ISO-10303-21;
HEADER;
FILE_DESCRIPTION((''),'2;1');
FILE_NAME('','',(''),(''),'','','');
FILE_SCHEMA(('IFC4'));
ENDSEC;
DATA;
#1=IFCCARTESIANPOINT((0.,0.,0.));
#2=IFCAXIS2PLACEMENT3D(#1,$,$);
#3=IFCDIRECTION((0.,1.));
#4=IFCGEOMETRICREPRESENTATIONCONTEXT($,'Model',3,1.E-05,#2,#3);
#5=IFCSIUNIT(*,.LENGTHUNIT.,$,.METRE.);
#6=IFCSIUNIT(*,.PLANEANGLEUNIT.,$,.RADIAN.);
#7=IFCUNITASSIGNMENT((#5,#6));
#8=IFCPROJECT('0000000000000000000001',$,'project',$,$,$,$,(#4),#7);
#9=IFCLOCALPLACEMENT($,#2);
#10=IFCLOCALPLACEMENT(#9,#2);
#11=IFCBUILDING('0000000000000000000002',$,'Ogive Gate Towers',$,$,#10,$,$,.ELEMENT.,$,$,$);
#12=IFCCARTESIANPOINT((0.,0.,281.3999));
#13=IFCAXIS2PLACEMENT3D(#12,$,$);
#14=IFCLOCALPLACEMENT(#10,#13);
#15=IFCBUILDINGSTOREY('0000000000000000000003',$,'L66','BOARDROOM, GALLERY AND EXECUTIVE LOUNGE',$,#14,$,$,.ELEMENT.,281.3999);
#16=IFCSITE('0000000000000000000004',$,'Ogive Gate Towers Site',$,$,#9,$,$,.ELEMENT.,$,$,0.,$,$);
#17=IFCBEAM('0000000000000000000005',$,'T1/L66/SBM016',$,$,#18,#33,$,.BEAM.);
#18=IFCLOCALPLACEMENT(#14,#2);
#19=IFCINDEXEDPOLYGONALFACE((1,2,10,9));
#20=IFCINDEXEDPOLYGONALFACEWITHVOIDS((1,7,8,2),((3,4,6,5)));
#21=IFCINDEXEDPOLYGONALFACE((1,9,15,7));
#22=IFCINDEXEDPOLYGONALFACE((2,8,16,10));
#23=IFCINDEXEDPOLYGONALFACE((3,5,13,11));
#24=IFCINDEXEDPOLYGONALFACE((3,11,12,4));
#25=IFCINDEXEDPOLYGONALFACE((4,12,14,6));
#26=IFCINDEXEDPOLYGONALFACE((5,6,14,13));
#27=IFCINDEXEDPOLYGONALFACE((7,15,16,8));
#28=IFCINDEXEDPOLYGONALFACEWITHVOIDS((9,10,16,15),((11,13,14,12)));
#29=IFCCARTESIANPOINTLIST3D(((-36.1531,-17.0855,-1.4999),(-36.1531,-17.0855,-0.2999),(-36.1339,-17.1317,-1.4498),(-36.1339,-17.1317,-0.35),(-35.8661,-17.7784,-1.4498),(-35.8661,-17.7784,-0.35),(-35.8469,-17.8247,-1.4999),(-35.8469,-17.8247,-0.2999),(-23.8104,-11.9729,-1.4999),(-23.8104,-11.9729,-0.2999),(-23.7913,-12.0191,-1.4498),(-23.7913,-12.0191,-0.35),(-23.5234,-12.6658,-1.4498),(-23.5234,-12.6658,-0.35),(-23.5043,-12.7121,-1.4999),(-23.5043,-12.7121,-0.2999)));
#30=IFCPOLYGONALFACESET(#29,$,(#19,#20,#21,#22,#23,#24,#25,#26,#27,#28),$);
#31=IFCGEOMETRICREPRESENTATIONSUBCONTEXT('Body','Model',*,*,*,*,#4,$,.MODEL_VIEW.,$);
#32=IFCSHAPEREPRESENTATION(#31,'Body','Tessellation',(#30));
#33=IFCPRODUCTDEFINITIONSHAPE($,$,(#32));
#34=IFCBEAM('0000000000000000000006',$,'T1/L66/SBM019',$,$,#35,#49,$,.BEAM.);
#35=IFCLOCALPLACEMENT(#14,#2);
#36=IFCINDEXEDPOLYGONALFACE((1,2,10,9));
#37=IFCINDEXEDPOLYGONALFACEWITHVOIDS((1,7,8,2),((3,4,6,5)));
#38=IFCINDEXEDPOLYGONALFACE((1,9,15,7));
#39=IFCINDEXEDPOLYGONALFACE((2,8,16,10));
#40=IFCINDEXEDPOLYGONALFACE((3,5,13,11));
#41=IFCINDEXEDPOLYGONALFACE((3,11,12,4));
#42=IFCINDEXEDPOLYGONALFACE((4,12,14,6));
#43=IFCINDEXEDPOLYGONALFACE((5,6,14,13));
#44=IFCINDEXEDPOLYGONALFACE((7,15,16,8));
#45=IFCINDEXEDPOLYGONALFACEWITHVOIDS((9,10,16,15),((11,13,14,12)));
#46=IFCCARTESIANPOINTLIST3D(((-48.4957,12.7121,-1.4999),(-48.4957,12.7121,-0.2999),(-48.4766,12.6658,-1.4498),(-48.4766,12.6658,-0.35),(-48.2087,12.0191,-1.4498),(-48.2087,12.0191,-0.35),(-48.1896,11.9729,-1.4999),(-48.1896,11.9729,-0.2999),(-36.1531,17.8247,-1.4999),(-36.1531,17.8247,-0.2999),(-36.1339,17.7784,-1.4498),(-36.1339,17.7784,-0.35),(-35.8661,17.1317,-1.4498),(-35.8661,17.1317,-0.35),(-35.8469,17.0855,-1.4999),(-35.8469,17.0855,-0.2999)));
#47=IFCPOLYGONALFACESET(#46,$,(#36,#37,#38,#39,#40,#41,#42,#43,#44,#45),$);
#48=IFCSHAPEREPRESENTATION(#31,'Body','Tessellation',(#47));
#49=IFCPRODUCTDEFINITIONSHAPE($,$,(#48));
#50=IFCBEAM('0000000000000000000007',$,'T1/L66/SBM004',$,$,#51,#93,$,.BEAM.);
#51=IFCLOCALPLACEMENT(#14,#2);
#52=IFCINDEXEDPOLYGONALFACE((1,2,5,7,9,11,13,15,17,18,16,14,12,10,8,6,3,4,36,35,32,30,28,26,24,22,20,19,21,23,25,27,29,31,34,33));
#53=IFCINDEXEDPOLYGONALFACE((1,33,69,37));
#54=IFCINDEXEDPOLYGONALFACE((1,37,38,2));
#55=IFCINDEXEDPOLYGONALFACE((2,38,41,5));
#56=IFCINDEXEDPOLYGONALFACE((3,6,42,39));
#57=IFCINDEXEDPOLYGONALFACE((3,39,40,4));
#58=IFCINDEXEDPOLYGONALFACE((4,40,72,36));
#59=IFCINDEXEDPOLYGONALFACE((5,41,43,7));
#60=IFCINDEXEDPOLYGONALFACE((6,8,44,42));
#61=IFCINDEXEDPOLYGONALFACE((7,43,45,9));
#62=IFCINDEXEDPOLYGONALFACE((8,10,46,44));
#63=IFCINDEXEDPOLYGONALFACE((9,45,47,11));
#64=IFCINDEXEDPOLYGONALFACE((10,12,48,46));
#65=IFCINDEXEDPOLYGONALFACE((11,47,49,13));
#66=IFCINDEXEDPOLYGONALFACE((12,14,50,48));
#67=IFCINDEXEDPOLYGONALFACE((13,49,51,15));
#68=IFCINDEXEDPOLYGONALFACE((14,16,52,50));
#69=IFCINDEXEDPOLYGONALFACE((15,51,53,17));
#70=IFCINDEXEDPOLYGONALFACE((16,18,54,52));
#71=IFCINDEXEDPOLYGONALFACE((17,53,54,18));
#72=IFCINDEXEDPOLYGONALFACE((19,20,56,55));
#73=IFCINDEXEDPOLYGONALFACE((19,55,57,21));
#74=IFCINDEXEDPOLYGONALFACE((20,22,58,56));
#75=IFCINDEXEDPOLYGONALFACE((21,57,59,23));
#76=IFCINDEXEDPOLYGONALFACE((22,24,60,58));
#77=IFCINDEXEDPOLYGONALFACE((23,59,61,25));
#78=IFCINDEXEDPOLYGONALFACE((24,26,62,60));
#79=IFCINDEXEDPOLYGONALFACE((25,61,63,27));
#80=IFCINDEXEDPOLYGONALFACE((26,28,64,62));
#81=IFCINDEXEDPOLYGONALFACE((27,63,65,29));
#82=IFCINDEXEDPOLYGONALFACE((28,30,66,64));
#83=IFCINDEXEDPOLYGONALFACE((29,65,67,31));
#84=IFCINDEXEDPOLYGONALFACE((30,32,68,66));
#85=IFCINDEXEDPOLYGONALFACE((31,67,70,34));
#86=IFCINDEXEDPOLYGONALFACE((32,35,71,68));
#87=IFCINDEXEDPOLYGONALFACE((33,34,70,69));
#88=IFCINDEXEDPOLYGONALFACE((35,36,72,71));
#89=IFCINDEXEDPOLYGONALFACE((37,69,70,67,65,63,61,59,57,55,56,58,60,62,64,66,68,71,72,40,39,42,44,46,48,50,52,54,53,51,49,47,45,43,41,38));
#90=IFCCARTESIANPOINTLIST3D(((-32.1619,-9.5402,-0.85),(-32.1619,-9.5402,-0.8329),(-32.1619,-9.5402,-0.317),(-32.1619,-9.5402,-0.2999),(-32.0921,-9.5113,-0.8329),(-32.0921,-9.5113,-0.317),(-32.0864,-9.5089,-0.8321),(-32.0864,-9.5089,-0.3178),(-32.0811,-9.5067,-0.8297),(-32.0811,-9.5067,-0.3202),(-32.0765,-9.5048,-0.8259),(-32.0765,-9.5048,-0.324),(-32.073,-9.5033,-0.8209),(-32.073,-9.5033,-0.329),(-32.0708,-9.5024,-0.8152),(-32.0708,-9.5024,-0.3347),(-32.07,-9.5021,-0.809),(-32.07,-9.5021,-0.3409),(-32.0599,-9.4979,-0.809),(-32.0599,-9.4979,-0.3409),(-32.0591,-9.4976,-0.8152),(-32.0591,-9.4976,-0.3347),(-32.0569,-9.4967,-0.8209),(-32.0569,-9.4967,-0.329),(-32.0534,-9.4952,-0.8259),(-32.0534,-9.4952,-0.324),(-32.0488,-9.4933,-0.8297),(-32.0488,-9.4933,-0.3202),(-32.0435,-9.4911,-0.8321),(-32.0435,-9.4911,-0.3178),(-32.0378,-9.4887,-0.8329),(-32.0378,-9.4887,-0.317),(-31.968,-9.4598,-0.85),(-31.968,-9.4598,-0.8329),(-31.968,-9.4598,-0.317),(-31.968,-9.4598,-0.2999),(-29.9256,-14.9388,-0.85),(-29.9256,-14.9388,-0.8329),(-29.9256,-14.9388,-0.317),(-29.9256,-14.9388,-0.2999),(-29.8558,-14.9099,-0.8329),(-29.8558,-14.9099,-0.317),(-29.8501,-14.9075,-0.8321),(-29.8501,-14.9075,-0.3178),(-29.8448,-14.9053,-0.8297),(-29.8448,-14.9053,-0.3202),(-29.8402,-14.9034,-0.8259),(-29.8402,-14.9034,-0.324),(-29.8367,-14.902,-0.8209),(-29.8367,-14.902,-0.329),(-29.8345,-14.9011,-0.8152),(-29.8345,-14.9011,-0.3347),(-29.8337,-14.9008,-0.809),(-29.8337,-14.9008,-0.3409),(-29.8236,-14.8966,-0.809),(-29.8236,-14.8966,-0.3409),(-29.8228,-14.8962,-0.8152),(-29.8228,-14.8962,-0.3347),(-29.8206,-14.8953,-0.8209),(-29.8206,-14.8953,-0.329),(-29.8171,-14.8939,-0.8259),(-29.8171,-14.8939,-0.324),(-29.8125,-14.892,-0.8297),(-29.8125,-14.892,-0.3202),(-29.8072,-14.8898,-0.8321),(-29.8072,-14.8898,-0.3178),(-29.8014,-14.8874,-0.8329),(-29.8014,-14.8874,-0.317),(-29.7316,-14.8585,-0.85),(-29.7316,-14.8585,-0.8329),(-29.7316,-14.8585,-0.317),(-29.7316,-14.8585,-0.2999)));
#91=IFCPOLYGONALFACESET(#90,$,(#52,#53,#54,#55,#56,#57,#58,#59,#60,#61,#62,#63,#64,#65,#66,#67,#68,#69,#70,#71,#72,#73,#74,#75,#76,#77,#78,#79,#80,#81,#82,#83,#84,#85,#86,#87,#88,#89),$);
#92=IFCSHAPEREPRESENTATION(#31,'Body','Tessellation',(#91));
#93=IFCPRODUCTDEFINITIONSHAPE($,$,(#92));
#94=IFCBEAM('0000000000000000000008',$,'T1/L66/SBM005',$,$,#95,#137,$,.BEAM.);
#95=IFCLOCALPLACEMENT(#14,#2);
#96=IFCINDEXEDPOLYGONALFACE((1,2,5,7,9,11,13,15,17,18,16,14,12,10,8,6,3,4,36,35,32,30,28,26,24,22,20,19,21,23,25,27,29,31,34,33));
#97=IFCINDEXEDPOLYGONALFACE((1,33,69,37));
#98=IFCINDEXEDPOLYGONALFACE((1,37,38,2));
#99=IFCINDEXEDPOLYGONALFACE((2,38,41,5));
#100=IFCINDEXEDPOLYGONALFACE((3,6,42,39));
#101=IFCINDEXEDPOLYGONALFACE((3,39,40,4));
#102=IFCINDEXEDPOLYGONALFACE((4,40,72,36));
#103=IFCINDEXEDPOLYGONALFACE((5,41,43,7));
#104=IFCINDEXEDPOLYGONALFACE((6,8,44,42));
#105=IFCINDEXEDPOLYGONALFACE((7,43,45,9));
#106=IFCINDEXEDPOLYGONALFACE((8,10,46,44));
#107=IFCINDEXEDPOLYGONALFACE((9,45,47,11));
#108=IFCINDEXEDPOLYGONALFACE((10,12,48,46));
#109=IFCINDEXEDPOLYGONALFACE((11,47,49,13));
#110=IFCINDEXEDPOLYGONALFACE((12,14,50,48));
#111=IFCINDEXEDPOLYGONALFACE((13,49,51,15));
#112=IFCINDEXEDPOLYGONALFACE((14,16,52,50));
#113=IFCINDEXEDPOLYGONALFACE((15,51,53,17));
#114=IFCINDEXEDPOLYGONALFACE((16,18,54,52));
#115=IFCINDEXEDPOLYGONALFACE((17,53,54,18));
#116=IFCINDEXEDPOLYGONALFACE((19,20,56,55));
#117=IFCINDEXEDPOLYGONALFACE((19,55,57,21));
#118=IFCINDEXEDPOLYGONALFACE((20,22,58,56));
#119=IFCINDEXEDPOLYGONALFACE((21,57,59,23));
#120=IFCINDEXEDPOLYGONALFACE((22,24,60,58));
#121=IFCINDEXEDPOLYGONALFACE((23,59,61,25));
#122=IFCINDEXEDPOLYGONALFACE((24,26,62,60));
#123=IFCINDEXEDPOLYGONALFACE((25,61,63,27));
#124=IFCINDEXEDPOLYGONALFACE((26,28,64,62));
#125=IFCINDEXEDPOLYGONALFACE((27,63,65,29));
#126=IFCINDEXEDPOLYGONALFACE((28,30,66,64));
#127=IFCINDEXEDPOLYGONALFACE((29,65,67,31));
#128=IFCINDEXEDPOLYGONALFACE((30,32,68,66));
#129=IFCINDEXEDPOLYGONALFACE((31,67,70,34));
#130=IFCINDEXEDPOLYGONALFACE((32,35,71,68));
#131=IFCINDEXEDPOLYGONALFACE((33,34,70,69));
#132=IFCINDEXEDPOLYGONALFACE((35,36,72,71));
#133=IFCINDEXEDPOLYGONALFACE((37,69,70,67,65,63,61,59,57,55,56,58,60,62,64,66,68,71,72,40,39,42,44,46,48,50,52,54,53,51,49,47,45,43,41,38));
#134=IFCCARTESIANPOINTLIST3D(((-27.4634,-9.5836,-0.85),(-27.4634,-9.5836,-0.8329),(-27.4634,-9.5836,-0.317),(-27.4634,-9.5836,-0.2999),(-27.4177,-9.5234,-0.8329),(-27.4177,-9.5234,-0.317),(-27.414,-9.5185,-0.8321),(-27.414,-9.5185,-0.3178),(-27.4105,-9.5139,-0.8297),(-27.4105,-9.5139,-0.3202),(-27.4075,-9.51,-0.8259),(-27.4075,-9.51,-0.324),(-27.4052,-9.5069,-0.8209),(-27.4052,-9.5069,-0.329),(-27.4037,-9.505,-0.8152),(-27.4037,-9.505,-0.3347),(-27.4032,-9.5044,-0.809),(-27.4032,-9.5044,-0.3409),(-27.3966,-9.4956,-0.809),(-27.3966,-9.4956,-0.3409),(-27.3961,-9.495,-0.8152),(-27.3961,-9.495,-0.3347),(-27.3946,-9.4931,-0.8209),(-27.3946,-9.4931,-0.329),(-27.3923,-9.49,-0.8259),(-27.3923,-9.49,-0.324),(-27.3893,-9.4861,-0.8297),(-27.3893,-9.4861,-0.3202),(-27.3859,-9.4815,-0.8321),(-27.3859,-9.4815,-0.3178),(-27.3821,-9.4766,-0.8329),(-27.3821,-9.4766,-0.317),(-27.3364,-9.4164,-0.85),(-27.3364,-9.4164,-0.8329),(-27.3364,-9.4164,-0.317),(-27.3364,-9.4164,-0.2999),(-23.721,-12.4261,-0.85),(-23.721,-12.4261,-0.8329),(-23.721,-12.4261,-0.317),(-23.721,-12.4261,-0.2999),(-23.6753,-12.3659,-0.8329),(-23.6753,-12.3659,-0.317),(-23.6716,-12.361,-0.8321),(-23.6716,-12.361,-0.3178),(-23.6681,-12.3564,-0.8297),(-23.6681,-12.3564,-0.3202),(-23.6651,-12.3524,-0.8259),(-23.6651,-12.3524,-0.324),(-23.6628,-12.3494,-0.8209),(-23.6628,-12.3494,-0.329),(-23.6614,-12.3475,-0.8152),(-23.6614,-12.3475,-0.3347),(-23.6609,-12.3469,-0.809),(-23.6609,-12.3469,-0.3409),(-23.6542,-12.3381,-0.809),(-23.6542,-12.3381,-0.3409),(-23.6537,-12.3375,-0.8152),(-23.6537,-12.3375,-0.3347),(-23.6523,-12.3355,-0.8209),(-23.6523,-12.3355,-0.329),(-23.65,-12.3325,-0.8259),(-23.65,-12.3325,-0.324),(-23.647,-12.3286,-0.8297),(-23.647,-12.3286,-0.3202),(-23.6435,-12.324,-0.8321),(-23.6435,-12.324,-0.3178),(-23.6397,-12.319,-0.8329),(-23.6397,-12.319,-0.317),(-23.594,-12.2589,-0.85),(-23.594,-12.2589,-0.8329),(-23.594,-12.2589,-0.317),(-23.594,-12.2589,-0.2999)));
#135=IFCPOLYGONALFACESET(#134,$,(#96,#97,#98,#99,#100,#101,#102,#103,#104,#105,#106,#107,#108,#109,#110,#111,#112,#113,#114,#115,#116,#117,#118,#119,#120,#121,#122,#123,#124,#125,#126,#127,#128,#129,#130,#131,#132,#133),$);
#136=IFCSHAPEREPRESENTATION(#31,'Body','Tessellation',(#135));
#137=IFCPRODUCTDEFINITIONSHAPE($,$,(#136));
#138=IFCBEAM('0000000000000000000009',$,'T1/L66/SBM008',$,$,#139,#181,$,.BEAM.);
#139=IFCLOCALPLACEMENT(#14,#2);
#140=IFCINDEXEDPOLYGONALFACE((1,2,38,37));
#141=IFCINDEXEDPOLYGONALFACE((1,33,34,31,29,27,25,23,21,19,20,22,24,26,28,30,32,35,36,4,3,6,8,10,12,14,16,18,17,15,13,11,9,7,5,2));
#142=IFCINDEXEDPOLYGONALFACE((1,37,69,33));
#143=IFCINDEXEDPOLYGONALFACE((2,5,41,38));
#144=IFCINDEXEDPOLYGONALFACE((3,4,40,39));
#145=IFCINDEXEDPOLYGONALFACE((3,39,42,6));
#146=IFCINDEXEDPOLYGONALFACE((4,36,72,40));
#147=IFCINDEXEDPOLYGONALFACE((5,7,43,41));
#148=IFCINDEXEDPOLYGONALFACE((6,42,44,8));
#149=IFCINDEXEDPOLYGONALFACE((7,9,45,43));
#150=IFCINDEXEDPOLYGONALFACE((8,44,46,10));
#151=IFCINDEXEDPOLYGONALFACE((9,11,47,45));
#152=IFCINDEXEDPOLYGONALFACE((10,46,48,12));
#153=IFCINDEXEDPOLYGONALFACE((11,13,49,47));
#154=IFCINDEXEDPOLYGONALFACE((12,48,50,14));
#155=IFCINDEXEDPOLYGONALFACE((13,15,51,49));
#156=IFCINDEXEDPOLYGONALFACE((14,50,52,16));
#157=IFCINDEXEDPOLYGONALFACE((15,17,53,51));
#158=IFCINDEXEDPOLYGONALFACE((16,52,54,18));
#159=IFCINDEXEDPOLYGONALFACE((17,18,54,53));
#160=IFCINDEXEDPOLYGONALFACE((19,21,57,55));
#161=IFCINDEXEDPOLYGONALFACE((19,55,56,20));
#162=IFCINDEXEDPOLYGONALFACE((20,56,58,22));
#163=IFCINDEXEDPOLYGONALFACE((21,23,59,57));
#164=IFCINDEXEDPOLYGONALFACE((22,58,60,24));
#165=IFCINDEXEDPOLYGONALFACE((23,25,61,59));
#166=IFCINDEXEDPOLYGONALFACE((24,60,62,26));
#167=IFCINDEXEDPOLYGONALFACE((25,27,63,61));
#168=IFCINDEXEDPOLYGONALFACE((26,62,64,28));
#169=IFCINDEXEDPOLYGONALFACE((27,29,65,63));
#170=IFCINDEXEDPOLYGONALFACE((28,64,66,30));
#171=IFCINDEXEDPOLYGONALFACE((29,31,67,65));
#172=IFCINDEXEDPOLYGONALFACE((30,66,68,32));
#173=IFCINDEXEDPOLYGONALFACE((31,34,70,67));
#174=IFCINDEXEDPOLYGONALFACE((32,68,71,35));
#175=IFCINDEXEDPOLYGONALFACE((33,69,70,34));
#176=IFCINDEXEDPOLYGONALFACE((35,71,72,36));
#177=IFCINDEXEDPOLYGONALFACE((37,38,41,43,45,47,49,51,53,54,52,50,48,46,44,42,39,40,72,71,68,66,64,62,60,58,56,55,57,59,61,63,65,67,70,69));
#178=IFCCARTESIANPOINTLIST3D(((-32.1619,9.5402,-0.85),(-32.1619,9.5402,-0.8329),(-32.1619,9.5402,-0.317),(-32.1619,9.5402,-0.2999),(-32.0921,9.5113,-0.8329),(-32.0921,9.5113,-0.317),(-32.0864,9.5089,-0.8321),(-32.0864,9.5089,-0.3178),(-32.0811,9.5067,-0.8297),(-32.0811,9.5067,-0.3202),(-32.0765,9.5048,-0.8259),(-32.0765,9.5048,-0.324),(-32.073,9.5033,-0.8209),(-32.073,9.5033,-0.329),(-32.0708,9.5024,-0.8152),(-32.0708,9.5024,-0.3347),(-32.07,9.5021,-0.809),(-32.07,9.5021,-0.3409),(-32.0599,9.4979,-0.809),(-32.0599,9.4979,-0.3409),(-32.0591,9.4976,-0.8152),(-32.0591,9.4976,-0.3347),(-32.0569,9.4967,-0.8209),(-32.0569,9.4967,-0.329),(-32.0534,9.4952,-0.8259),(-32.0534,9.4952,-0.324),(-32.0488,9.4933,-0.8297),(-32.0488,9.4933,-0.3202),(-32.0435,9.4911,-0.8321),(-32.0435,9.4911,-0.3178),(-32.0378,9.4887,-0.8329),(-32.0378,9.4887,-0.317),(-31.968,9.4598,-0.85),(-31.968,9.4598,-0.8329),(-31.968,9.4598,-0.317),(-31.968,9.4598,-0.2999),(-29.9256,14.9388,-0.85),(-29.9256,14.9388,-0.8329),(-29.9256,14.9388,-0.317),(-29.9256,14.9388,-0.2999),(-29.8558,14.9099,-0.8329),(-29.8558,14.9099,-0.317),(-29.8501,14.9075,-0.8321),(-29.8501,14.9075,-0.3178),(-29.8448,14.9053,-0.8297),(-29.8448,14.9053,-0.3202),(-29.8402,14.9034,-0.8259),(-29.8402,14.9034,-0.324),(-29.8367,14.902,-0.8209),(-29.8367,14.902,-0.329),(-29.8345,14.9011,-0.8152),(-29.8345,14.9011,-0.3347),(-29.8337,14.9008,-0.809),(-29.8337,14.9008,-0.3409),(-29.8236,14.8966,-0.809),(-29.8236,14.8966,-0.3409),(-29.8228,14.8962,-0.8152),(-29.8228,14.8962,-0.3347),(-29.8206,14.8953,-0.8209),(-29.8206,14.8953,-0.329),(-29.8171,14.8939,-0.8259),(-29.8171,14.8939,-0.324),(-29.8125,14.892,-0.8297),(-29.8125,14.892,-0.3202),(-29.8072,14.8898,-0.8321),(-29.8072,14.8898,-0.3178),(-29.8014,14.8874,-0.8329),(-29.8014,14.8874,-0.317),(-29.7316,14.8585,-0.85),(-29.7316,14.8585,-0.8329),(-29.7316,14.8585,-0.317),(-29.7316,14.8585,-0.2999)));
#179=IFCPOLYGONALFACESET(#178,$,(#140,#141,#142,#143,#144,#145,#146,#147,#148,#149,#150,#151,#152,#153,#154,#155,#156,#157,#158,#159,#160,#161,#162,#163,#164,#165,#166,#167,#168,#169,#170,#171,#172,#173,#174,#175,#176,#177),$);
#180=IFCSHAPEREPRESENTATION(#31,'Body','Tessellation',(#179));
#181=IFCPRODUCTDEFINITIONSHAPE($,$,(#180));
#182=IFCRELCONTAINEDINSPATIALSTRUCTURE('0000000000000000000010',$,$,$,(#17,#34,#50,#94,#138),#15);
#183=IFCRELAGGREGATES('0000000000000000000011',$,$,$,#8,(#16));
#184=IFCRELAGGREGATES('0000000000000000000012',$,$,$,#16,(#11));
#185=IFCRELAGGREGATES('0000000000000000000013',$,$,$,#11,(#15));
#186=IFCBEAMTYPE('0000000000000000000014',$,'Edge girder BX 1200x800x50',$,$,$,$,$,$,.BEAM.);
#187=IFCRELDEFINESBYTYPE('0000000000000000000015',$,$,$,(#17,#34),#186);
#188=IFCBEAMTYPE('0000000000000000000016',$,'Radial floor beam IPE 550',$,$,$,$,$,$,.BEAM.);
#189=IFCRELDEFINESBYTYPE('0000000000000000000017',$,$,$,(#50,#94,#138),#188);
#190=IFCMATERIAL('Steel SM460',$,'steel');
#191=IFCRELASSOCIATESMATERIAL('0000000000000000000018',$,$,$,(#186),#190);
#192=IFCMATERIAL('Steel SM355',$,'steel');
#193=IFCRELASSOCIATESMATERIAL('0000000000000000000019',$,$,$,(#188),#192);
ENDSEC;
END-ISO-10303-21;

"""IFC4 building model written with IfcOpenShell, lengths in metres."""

from ifc_helpers import new_model, si_unit, direction, frame, origin, origin_2d, place, context, subcontext, project, spatial, hollow_rectangle, i_section, extrude, material, material_profile, profile_set, type_object, element, save


model = new_model("IFC4")

# Units and contexts
model_context = context("Model", 3, precision=1e-05, world=origin(), true_north=direction((0.0, 1.0)))
body_context = subcontext(model_context, "Body", "Model", "MODEL_VIEW")
ifc_project = project(units=[si_unit("LENGTHUNIT", "METRE"), si_unit("PLANEANGLEUNIT", "RADIAN")], contexts=[model_context])

# Site, building, storey
site_placement = place(None, origin())
site = spatial("IfcSite", under=ifc_project, at=site_placement, Name="Ogive Gate Towers Site", CompositionType="ELEMENT", RefElevation=0.0)
building_placement = place(site_placement, origin())
building = spatial("IfcBuilding", under=site, at=building_placement, Name="Ogive Gate Towers", CompositionType="ELEMENT")
storey_placement = place(building_placement, frame((0.0, 0.0, 281.3999)))
storey = spatial("IfcBuildingStorey", under=building, at=storey_placement, Name="L66", Description="BOARDROOM, GALLERY AND EXECUTIVE LOUNGE", CompositionType="ELEMENT", Elevation=281.3999)

# Beams
ifc_material_1 = material(Name="Steel SM460", Category="steel")
ifc_material_profile_1 = material_profile(ifc_material_1, hollow_rectangle(XDim=0.8, YDim=1.2, WallThickness=0.05, at=origin_2d()), Name="BX 1200x800x50")
ifc_profile_set_1 = profile_set([ifc_material_profile_1], Name="Steel SM460")
beam_type_1 = type_object("IfcBeamType", Name="Edge girder BX 1200x800x50", PredefinedType="BEAM", material=ifc_profile_set_1)
for number, where, z_axis, x_axis, name in (
    (1, (-36.0, -17.4551, -0.8999), (0.923877, 0.38269, 0.0), (-0.38269, 0.923877, 0.0), "T1/L66/SBM016"),
    (2, (-36.0, 17.4551, -0.8999), (-0.923877, -0.38269, 0.0), (0.38269, -0.923877, 0.0), "T1/L66/SBM019"),
):
    element("IfcBeam", number, at=place(storey_placement, frame(where, z_axis=z_axis, x_axis=x_axis)), inside=storey, type_object=beam_type_1, Name=name, PredefinedType="BEAM", context=body_context, shape_type="SweptSolid", body=[
        extrude(hollow_rectangle(XDim=0.8, YDim=1.2, WallThickness=0.05, at=origin_2d()), origin(), (0.0, 0.0, 1.0), 13.3596),
    ])
ifc_material_2 = material(Name="Steel SM355", Category="steel")
ifc_material_profile_2 = material_profile(ifc_material_2, i_section(OverallWidth=0.21, OverallDepth=0.55, WebThickness=0.011, FlangeThickness=0.0171, FilletRadius=0.0239, at=origin_2d()), Name="IPE 550")
ifc_profile_set_2 = profile_set([ifc_material_profile_2], Name="Steel SM355")
beam_type_2 = type_object("IfcBeamType", Name="Radial floor beam IPE 550", PredefinedType="BEAM", material=ifc_profile_set_2)
beam_1_placement = place(storey_placement, frame((-32.0649, -9.5, -0.575), z_axis=(0.382701, -0.923872, 0.0), x_axis=(0.923872, 0.382701, 0.0)))
element("IfcBeam", 3, at=beam_1_placement, inside=storey, type_object=beam_type_2, Name="T1/L66/SBM004", PredefinedType="BEAM", context=body_context, shape_type="SweptSolid", body=[
    extrude(i_section(OverallWidth=0.21, OverallDepth=0.55, WebThickness=0.011, FlangeThickness=0.0171, FilletRadius=0.0239, at=origin_2d()), origin(), (0.0, 0.0, 1.0), 5.8435),
])
beam_2_placement = place(storey_placement, frame((-27.3999, -9.5, -0.575), z_axis=(0.796338, -0.604851, 0.0), x_axis=(0.604851, 0.796338, 0.0)))
element("IfcBeam", 4, at=beam_2_placement, inside=storey, type_object=beam_type_2, Name="T1/L66/SBM005", PredefinedType="BEAM", context=body_context, shape_type="SweptSolid", body=[
    extrude(i_section(OverallWidth=0.21, OverallDepth=0.55, WebThickness=0.011, FlangeThickness=0.0171, FilletRadius=0.0239, at=origin_2d()), origin(), (0.0, 0.0, 1.0), 4.6995),
])
beam_3_placement = place(storey_placement, frame((-32.0649, 9.5, -0.575), z_axis=(0.382701, 0.923872, 0.0), x_axis=(-0.923872, 0.382701, 0.0)))
element("IfcBeam", 5, at=beam_3_placement, inside=storey, type_object=beam_type_2, Name="T1/L66/SBM008", PredefinedType="BEAM", context=body_context, shape_type="SweptSolid", body=[
    extrude(i_section(OverallWidth=0.21, OverallDepth=0.55, WebThickness=0.011, FlangeThickness=0.0171, FilletRadius=0.0239, at=origin_2d()), origin(), (0.0, 0.0, 1.0), 5.8435),
])

save(model, "model.ifc")
